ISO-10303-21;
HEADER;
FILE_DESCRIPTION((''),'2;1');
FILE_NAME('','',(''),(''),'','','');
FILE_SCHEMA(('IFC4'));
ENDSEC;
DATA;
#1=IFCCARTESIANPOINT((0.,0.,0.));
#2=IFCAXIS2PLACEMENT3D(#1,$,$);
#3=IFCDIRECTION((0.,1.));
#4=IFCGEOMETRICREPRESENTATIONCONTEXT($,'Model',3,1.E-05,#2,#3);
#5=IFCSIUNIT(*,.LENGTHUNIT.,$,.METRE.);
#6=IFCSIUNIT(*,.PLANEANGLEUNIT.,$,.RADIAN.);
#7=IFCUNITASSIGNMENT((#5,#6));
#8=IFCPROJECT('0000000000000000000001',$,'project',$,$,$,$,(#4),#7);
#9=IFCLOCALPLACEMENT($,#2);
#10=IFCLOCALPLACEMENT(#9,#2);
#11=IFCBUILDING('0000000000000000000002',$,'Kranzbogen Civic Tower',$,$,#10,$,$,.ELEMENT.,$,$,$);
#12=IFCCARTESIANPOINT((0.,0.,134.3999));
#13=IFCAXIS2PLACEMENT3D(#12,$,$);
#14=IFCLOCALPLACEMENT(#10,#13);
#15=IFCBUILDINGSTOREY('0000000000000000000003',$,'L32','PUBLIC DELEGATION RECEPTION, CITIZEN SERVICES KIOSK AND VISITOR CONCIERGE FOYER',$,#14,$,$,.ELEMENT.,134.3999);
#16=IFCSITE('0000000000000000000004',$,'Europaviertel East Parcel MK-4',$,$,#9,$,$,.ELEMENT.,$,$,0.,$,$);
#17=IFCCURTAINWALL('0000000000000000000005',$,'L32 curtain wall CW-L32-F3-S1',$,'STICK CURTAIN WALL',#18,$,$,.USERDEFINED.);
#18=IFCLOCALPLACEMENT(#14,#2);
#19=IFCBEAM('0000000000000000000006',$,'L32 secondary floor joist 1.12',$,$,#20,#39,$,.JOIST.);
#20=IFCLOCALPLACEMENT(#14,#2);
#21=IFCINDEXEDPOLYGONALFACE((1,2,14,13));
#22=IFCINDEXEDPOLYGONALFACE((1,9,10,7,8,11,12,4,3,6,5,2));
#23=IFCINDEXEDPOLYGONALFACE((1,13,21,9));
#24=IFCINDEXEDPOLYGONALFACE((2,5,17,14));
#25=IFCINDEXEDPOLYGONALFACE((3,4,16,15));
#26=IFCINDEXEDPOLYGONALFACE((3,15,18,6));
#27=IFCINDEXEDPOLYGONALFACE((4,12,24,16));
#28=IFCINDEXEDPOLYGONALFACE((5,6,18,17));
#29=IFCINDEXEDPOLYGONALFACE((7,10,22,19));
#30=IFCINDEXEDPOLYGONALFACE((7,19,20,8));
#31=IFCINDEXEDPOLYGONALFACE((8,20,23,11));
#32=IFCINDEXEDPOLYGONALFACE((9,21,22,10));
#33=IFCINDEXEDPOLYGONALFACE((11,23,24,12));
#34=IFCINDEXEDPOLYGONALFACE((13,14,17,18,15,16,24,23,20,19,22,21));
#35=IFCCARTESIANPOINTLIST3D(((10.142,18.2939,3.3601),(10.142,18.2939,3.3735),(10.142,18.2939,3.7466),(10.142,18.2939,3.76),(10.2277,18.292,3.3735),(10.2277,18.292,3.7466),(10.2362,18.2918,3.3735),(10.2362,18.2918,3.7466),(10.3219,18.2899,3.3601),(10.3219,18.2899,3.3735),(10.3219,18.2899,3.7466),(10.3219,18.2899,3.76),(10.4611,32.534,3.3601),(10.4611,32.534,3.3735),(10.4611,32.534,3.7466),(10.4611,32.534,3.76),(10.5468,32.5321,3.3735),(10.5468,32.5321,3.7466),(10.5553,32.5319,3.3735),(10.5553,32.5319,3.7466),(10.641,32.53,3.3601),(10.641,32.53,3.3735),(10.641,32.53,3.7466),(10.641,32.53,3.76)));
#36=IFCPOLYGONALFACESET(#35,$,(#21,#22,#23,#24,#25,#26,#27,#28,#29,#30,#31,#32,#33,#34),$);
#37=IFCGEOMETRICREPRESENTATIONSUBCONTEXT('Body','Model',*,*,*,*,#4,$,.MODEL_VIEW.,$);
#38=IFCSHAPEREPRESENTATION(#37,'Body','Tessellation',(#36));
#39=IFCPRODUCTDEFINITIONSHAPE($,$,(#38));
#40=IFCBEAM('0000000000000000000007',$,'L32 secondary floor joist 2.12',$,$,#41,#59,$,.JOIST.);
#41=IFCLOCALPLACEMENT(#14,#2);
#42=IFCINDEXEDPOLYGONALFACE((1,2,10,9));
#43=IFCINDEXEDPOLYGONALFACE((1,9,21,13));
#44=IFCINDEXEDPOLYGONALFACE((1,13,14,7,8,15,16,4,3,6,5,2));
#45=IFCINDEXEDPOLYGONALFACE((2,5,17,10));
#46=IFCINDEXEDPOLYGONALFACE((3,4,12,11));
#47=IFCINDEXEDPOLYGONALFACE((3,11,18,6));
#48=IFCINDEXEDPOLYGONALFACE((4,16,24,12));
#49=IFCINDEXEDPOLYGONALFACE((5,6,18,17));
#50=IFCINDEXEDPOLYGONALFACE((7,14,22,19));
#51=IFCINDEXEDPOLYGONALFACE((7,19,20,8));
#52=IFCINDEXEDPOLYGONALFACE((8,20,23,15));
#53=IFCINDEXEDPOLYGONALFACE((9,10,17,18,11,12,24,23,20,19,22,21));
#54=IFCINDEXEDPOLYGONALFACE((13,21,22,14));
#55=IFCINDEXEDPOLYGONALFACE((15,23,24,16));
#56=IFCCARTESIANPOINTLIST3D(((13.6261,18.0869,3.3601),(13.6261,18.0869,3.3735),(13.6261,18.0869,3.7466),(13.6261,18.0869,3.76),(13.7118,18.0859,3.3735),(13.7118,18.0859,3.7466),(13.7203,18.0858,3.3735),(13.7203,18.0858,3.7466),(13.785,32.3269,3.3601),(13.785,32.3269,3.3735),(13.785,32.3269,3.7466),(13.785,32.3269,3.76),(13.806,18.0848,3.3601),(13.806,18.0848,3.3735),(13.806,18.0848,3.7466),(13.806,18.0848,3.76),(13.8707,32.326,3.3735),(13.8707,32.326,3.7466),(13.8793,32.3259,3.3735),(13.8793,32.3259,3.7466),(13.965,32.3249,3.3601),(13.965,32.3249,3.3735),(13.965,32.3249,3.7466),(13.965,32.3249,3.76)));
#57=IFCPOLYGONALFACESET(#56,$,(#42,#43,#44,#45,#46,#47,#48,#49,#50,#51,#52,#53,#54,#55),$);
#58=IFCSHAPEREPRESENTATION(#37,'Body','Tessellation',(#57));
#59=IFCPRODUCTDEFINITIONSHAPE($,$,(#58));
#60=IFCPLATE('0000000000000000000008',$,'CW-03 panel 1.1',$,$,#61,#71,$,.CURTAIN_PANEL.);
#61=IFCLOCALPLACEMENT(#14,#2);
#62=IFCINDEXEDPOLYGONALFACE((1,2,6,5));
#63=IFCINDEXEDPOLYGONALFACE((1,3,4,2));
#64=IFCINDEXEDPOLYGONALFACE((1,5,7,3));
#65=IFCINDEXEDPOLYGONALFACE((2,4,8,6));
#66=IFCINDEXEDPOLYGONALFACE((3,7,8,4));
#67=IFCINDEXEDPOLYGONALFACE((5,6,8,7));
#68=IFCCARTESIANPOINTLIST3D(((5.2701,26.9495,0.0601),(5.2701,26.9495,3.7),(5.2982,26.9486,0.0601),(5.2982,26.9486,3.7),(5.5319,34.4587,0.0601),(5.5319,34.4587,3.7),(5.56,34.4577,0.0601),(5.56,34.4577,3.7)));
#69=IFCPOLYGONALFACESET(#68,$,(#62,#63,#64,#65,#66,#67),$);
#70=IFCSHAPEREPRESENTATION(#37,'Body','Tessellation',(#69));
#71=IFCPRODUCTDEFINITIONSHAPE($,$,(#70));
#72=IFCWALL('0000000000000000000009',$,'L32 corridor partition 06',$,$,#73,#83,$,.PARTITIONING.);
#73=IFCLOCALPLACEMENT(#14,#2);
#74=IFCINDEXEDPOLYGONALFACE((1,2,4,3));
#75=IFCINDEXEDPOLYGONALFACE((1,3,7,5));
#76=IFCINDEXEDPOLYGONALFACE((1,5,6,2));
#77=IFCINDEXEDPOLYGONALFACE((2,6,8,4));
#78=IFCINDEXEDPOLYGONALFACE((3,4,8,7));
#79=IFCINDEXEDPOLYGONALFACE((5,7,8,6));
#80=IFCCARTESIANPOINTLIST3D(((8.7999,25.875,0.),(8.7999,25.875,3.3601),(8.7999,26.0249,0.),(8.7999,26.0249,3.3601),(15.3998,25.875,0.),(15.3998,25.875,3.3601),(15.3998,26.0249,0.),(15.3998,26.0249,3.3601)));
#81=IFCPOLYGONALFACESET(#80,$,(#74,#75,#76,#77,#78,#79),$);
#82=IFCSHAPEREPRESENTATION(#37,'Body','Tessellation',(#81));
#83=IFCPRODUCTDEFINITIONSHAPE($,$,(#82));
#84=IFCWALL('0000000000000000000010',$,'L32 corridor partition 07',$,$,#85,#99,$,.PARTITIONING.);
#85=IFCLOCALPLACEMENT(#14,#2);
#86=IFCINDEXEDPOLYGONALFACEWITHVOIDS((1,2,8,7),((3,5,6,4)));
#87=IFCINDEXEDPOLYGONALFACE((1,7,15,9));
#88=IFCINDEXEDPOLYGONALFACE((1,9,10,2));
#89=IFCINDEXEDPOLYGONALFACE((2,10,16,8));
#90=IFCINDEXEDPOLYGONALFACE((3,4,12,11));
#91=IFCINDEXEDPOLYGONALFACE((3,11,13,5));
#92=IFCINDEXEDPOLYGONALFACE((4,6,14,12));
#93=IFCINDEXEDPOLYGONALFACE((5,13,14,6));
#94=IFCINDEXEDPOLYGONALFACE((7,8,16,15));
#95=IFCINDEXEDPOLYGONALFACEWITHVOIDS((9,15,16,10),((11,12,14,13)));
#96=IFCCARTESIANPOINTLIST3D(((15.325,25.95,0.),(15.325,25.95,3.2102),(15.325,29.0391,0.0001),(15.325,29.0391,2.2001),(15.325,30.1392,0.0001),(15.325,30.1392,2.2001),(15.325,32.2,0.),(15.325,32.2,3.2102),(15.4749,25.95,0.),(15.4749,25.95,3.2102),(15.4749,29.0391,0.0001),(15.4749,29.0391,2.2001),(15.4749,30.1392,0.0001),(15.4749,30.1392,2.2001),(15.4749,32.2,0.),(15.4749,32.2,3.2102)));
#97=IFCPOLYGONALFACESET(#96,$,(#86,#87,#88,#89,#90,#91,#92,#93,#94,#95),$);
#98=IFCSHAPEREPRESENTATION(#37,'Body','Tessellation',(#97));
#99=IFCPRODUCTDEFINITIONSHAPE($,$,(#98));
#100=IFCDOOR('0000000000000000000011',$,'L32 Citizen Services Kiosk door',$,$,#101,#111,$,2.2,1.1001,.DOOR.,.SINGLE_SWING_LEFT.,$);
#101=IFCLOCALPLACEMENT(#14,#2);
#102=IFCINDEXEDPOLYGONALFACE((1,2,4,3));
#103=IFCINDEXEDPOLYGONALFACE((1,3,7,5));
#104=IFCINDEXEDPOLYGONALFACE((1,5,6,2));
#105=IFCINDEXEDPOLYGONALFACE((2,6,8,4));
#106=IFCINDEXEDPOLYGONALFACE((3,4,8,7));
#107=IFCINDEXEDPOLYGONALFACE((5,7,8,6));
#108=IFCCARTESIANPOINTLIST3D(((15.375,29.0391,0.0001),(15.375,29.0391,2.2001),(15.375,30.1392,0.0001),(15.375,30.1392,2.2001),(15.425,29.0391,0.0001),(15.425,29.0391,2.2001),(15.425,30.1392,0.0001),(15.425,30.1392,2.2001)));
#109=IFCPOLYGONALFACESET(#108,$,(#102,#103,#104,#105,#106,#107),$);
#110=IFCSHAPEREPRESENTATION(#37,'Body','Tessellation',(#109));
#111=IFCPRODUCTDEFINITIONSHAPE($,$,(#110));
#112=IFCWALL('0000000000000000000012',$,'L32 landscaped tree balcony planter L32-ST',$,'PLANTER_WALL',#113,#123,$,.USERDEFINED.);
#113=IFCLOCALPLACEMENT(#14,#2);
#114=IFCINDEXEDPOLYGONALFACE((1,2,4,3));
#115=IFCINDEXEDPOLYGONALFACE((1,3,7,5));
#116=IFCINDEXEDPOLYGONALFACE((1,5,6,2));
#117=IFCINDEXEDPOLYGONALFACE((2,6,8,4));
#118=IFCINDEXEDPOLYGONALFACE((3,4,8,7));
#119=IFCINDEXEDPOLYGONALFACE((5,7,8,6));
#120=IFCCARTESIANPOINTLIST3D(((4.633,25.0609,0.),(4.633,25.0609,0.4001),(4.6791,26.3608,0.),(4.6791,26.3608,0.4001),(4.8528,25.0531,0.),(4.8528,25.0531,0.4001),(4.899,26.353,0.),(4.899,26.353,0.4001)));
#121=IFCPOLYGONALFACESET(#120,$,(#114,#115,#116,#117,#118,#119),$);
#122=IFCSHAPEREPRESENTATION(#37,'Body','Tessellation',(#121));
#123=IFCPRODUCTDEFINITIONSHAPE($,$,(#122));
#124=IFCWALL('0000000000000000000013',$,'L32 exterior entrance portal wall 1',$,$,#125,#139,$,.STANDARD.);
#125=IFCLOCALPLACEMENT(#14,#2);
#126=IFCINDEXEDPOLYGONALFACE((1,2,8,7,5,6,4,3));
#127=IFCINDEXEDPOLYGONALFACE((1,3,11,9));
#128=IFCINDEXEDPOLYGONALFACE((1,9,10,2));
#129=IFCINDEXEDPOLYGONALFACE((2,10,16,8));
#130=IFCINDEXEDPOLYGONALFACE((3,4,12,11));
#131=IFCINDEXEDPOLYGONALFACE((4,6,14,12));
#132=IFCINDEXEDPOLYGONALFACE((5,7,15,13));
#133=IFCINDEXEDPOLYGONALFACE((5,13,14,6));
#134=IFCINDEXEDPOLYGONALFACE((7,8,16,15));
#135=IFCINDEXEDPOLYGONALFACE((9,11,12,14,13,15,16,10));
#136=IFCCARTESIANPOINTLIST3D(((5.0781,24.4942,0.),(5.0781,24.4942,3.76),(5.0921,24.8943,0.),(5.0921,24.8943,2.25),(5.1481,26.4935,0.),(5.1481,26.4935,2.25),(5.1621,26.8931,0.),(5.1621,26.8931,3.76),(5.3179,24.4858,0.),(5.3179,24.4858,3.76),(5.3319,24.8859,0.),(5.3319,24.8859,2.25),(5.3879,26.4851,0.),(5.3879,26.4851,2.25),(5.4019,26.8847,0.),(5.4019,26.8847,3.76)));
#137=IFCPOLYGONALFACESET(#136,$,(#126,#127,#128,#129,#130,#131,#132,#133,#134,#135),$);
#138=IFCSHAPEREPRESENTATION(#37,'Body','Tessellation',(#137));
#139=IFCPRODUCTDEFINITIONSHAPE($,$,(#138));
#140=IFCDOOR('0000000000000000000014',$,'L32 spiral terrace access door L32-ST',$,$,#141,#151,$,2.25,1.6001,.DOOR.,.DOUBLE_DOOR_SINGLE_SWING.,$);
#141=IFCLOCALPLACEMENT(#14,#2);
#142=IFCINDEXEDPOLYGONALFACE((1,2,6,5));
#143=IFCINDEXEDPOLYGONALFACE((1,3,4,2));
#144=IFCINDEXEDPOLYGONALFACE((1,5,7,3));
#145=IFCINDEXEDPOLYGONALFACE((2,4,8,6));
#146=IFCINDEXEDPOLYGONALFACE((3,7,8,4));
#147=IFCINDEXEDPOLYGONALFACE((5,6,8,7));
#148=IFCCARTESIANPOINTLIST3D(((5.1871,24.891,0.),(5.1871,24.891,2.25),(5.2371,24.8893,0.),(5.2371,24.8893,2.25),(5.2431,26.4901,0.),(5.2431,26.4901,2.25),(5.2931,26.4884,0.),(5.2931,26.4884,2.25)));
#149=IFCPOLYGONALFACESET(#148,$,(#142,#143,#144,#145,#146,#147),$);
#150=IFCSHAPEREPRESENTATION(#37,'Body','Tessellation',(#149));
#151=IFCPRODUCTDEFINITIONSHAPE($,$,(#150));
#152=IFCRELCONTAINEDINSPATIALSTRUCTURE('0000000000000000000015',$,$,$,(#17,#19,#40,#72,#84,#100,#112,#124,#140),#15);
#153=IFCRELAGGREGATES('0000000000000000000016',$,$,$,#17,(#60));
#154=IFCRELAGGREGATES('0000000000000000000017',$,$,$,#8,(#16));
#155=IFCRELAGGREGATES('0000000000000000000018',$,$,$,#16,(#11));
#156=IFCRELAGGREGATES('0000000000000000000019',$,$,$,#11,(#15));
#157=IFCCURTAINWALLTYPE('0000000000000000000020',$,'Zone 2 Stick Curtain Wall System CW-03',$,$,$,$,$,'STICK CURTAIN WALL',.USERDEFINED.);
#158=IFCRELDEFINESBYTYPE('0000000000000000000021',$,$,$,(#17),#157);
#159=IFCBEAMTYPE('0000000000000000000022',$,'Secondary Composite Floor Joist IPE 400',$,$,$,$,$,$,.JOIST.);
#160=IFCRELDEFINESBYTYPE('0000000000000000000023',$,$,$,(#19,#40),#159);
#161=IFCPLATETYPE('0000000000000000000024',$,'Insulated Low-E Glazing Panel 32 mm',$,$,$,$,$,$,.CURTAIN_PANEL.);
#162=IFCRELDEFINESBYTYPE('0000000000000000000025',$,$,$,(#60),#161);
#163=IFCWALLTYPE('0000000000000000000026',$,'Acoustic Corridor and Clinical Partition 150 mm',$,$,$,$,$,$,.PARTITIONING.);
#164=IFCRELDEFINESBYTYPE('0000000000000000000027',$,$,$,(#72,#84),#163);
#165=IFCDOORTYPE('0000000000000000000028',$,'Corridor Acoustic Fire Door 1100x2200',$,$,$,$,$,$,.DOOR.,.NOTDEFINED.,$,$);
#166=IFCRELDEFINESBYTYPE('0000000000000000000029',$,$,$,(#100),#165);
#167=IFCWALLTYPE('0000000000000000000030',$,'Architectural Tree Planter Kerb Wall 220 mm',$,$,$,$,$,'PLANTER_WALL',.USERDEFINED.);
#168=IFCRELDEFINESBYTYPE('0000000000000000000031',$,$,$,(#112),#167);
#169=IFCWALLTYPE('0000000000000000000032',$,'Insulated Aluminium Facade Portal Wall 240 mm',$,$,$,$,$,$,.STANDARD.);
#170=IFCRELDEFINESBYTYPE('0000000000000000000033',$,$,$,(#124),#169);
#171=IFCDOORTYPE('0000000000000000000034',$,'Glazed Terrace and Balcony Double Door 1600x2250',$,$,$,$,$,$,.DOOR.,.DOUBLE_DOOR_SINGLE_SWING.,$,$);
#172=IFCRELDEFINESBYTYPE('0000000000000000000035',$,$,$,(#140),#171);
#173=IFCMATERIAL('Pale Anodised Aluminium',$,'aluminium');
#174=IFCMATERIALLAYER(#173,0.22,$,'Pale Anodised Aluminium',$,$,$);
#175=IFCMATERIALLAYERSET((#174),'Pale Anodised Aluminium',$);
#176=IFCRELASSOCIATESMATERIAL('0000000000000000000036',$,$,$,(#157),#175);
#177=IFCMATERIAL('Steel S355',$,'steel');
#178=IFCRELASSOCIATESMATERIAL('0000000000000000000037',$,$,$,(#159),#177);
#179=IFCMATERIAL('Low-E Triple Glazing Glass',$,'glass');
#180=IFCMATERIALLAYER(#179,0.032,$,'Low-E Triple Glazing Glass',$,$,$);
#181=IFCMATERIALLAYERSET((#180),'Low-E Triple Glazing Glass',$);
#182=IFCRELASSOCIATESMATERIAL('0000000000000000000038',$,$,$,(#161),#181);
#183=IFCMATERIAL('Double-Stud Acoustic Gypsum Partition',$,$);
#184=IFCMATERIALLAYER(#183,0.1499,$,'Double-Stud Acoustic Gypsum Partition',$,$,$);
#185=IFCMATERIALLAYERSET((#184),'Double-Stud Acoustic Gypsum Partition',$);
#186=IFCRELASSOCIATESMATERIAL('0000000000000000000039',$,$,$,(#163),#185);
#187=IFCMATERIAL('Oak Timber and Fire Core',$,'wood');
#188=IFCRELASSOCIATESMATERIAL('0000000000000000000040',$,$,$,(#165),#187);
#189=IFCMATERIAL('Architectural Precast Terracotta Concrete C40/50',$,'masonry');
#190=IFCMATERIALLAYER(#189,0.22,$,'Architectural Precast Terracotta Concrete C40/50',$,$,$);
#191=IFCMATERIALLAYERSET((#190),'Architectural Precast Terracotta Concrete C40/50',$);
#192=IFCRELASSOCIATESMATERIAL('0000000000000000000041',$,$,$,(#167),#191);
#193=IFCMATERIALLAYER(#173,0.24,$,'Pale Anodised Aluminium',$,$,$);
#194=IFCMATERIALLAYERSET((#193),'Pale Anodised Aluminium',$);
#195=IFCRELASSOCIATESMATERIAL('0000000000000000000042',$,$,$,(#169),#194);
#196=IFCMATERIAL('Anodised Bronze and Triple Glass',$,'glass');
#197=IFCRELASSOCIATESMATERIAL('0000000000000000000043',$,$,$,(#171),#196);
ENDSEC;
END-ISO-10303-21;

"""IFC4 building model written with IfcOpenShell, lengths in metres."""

from ifc_helpers import new_model, si_unit, direction, frame, frame_2d, origin, origin_2d, place, context, subcontext, project, spatial, rectangle, i_section, extrude, material, layer, layer_set, material_profile, profile_set, type_object, element, fill, aggregate, save


model = new_model("IFC4")

# Units and contexts
model_context = context("Model", 3, precision=1e-05, world=origin(), true_north=direction((0.0, 1.0)))
body_context = subcontext(model_context, "Body", "Model", "MODEL_VIEW")
ifc_project = project(units=[si_unit("LENGTHUNIT", "METRE"), si_unit("PLANEANGLEUNIT", "RADIAN")], contexts=[model_context])

# Site, building, storey
site_placement = place(None, origin())
site = spatial("IfcSite", under=ifc_project, at=site_placement, Name="Europaviertel East Parcel MK-4", CompositionType="ELEMENT", RefElevation=0.0)
building_placement = place(site_placement, origin())
building = spatial("IfcBuilding", under=site, at=building_placement, Name="Kranzbogen Civic Tower", CompositionType="ELEMENT")
storey_placement = place(building_placement, frame((0.0, 0.0, 134.3999)))
storey = spatial("IfcBuildingStorey", under=building, at=storey_placement, Name="L32", Description="PUBLIC DELEGATION RECEPTION, CITIZEN SERVICES KIOSK AND VISITOR CONCIERGE FOYER", CompositionType="ELEMENT", Elevation=134.3999)

# Curtain wall
ifc_material_1 = material(Name="Pale Anodised Aluminium", Category="aluminium")
ifc_layer_1 = layer(ifc_material_1, 0.22, Name="Pale Anodised Aluminium")
ifc_layer_set_1 = layer_set([ifc_layer_1], Name="Pale Anodised Aluminium")
curtain_wall_type = type_object("IfcCurtainWallType", Name="Zone 2 Stick Curtain Wall System CW-03", ElementType="STICK CURTAIN WALL", PredefinedType="USERDEFINED", material=ifc_layer_set_1)
curtain_wall_placement = place(storey_placement, origin())
curtain_wall = element("IfcCurtainWall", 1, at=curtain_wall_placement, inside=storey, type_object=curtain_wall_type, Name="L32 curtain wall CW-L32-F3-S1", ObjectType="STICK CURTAIN WALL", PredefinedType="USERDEFINED")

# Beams
ifc_material_2 = material(Name="Steel S355", Category="steel")
ifc_material_profile_1 = material_profile(ifc_material_2, i_section(OverallWidth=0.1799, OverallDepth=0.3999, WebThickness=0.0085, FlangeThickness=0.0134, at=origin_2d()), Name="IPE 400")
ifc_profile_set_1 = profile_set([ifc_material_profile_1], Name="Steel S355")
beam_type_1 = type_object("IfcBeamType", Name="Secondary Composite Floor Joist IPE 400", PredefinedType="JOIST", material=ifc_profile_set_1)
beam_1_placement = place(storey_placement, frame((10.551, 32.532, 3.5601), z_axis=(-0.022403, -0.999749, 0.0), x_axis=(0.999749, -0.022403, 0.0)))
element("IfcBeam", 2, at=beam_1_placement, inside=storey, type_object=beam_type_1, Name="L32 secondary floor joist 1.12", PredefinedType="JOIST", context=body_context, shape_type="SweptSolid", body=[
    extrude(i_section(OverallWidth=0.1799, OverallDepth=0.3999, WebThickness=0.0085, FlangeThickness=0.0134, at=origin_2d()), origin(), (0.0, 0.0, 1.0), 14.2437),
])
beam_2_placement = place(storey_placement, frame((13.875, 32.3259, 3.5601), z_axis=(-0.011161, -0.999938, 0.0), x_axis=(0.999938, -0.011161, 0.0)))
element("IfcBeam", 3, at=beam_2_placement, inside=storey, type_object=beam_type_1, Name="L32 secondary floor joist 2.12", PredefinedType="JOIST", context=body_context, shape_type="SweptSolid", body=[
    extrude(i_section(OverallWidth=0.1799, OverallDepth=0.3999, WebThickness=0.0085, FlangeThickness=0.0134, at=origin_2d()), origin(), (0.0, 0.0, 1.0), 14.241),
])

# Plate
ifc_material_3 = material(Name="Low-E Triple Glazing Glass", Category="glass")
ifc_layer_2 = layer(ifc_material_3, 0.032, Name="Low-E Triple Glazing Glass")
ifc_layer_set_2 = layer_set([ifc_layer_2], Name="Low-E Triple Glazing Glass")
plate_type = type_object("IfcPlateType", Name="Insulated Low-E Glazing Panel 32 mm", PredefinedType="CURTAIN_PANEL", material=ifc_layer_set_2)
plate_placement = place(storey_placement, frame((5.415, 30.7036, 0.0601), z_axis=(0.0, 0.0, 1.0), x_axis=(-0.034846, -0.999393, 0.0)))
plate = element("IfcPlate", 4, at=plate_placement, type_object=plate_type, Name="CW-03 panel 1.1", PredefinedType="CURTAIN_PANEL", context=body_context, shape_type="SweptSolid", body=[
    extrude(rectangle(XDim=7.5137, YDim=0.0281, at=origin_2d()), origin(), (0.0, 0.0, 1.0), 3.6399),
])
aggregate(curtain_wall, [plate])

# Wall
ifc_material_4 = material(Name="Double-Stud Acoustic Gypsum Partition")
ifc_layer_3 = layer(ifc_material_4, 0.1499, Name="Double-Stud Acoustic Gypsum Partition")
ifc_layer_set_3 = layer_set([ifc_layer_3], Name="Double-Stud Acoustic Gypsum Partition")
wall_type_1 = type_object("IfcWallType", Name="Acoustic Corridor and Clinical Partition 150 mm", PredefinedType="PARTITIONING", material=ifc_layer_set_3)
wall_1_placement = place(storey_placement, frame((8.8, 25.95, 0.0), z_axis=(0.0, 0.0, 1.0), x_axis=(1.0, 0.0, 0.0)))
element("IfcWall", 5, at=wall_1_placement, inside=storey, type_object=wall_type_1, Name="L32 corridor partition 06", PredefinedType="PARTITIONING", context=body_context, shape_type="SweptSolid", body=[
    extrude(rectangle(XDim=6.5999, YDim=0.1499, at=frame_2d((3.2998, 0.0))), origin(), (0.0, 0.0, 1.0), 3.3601),
])

# Wall, opening, door
wall_2_placement = place(storey_placement, frame((15.3999, 25.95, 0.0), z_axis=(0.0, 0.0, 1.0), x_axis=(0.0, 1.0, 0.0)))
wall_2 = element("IfcWall", 6, at=wall_2_placement, inside=storey, type_object=wall_type_1, Name="L32 corridor partition 07", PredefinedType="PARTITIONING", context=body_context, shape_type="SweptSolid", body=[
    extrude(rectangle(XDim=6.25, YDim=0.1499, at=frame_2d((3.125, 0.0))), origin(), (0.0, 0.0, 1.0), 3.2102),
])
opening_1_placement = place(wall_2_placement, frame((3.0891, 0.0, 0.0)))
opening_1 = element("IfcOpeningElement", 7, at=opening_1_placement, cuts=wall_2, PredefinedType="OPENING", context=body_context, shape_type="SweptSolid", body=[
    extrude(rectangle(XDim=1.1001, YDim=2.2, at=frame_2d((0.55, 1.1001))), frame((0.0, 0.085, 0.0), z_axis=(0.0, -1.0, 0.0), x_axis=(1.0, 0.0, 0.0)), (0.0, 0.0, 1.0), 0.1699),
])
ifc_material_5 = material(Name="Oak Timber and Fire Core", Category="wood")
door_type_1 = type_object("IfcDoorType", Name="Corridor Acoustic Fire Door 1100x2200", OperationType="NOTDEFINED", PredefinedType="DOOR", material=ifc_material_5)
door_1_placement = place(opening_1_placement, origin())
door_1 = element("IfcDoor", 8, at=door_1_placement, inside=storey, type_object=door_type_1, Name="L32 Citizen Services Kiosk door", OperationType="SINGLE_SWING_LEFT", OverallHeight=2.2, OverallWidth=1.1001, PredefinedType="DOOR", context=body_context, shape_type="SweptSolid", body=[
    extrude(rectangle(XDim=1.1001, YDim=2.2, at=frame_2d((0.55, 1.1001))), frame((0.0, 0.0249, 0.0), z_axis=(0.0, -1.0, 0.0), x_axis=(1.0, 0.0, 0.0)), (0.0, 0.0, 1.0), 0.05),
])
fill(opening_1, door_1)

# Wall
ifc_material_6 = material(Name="Architectural Precast Terracotta Concrete C40/50", Category="masonry")
ifc_layer_4 = layer(ifc_material_6, 0.22, Name="Architectural Precast Terracotta Concrete C40/50")
ifc_layer_set_4 = layer_set([ifc_layer_4], Name="Architectural Precast Terracotta Concrete C40/50")
wall_type_2 = type_object("IfcWallType", Name="Architectural Tree Planter Kerb Wall 220 mm", ElementType="PLANTER_WALL", PredefinedType="USERDEFINED", material=ifc_layer_set_4)
wall_3_placement = place(storey_placement, frame((4.7891, 26.3569, 0.0), z_axis=(0.0, 0.0, 1.0), x_axis=(-0.035471, -0.999371, 0.0)))
element("IfcWall", 9, at=wall_3_placement, inside=storey, type_object=wall_type_2, Name="L32 landscaped tree balcony planter L32-ST", ObjectType="PLANTER_WALL", PredefinedType="USERDEFINED", context=body_context, shape_type="SweptSolid", body=[
    extrude(rectangle(XDim=1.3008, YDim=0.22, at=frame_2d((0.6504, 0.0))), origin(), (0.0, 0.0, 1.0), 0.4001),
])

# Wall, opening, door
ifc_layer_5 = layer(ifc_material_1, 0.24, Name="Pale Anodised Aluminium")
ifc_layer_set_5 = layer_set([ifc_layer_5], Name="Pale Anodised Aluminium")
wall_type_3 = type_object("IfcWallType", Name="Insulated Aluminium Facade Portal Wall 240 mm", PredefinedType="STANDARD", material=ifc_layer_set_5)
wall_4_placement = place(storey_placement, frame((5.282, 26.8889, 0.0), z_axis=(0.0, 0.0, 1.0), x_axis=(-0.034988, -0.999388, 0.0)))
wall_4 = element("IfcWall", 10, at=wall_4_placement, inside=storey, type_object=wall_type_3, Name="L32 exterior entrance portal wall 1", PredefinedType="STANDARD", context=body_context, shape_type="SweptSolid", body=[
    extrude(rectangle(XDim=2.4004, YDim=0.24, at=frame_2d((1.2002, 0.0))), origin(), (0.0, 0.0, 1.0), 3.76),
])
opening_2_placement = place(wall_4_placement, frame((0.3999, 0.0, 0.0)))
opening_2 = element("IfcOpeningElement", 11, at=opening_2_placement, cuts=wall_4, PredefinedType="OPENING", context=body_context, shape_type="SweptSolid", body=[
    extrude(rectangle(XDim=1.6001, YDim=2.25, at=frame_2d((0.8, 1.125))), frame((0.0, 0.1299, 0.0), z_axis=(0.0, -1.0, 0.0), x_axis=(1.0, 0.0, 0.0)), (0.0, 0.0, 1.0), 0.26),
])
ifc_material_7 = material(Name="Anodised Bronze and Triple Glass", Category="glass")
door_type_2 = type_object("IfcDoorType", Name="Glazed Terrace and Balcony Double Door 1600x2250", OperationType="DOUBLE_DOOR_SINGLE_SWING", PredefinedType="DOOR", material=ifc_material_7)
door_2_placement = place(opening_2_placement, frame((1.6001, 0.0, 0.0), z_axis=(0.0, 0.0, 1.0), x_axis=(-1.0, 0.0, 0.0)))
door_2 = element("IfcDoor", 12, at=door_2_placement, inside=storey, type_object=door_type_2, Name="L32 spiral terrace access door L32-ST", OperationType="DOUBLE_DOOR_SINGLE_SWING", OverallHeight=2.25, OverallWidth=1.6001, PredefinedType="DOOR", context=body_context, shape_type="SweptSolid", body=[
    extrude(rectangle(XDim=1.6001, YDim=2.25, at=frame_2d((0.8, 1.125))), frame((0.0, 0.0249, 0.0), z_axis=(0.0, -1.0, 0.0), x_axis=(1.0, 0.0, 0.0)), (0.0, 0.0, 1.0), 0.05),
])
fill(opening_2, door_2)

save(model, "model.ifc")
